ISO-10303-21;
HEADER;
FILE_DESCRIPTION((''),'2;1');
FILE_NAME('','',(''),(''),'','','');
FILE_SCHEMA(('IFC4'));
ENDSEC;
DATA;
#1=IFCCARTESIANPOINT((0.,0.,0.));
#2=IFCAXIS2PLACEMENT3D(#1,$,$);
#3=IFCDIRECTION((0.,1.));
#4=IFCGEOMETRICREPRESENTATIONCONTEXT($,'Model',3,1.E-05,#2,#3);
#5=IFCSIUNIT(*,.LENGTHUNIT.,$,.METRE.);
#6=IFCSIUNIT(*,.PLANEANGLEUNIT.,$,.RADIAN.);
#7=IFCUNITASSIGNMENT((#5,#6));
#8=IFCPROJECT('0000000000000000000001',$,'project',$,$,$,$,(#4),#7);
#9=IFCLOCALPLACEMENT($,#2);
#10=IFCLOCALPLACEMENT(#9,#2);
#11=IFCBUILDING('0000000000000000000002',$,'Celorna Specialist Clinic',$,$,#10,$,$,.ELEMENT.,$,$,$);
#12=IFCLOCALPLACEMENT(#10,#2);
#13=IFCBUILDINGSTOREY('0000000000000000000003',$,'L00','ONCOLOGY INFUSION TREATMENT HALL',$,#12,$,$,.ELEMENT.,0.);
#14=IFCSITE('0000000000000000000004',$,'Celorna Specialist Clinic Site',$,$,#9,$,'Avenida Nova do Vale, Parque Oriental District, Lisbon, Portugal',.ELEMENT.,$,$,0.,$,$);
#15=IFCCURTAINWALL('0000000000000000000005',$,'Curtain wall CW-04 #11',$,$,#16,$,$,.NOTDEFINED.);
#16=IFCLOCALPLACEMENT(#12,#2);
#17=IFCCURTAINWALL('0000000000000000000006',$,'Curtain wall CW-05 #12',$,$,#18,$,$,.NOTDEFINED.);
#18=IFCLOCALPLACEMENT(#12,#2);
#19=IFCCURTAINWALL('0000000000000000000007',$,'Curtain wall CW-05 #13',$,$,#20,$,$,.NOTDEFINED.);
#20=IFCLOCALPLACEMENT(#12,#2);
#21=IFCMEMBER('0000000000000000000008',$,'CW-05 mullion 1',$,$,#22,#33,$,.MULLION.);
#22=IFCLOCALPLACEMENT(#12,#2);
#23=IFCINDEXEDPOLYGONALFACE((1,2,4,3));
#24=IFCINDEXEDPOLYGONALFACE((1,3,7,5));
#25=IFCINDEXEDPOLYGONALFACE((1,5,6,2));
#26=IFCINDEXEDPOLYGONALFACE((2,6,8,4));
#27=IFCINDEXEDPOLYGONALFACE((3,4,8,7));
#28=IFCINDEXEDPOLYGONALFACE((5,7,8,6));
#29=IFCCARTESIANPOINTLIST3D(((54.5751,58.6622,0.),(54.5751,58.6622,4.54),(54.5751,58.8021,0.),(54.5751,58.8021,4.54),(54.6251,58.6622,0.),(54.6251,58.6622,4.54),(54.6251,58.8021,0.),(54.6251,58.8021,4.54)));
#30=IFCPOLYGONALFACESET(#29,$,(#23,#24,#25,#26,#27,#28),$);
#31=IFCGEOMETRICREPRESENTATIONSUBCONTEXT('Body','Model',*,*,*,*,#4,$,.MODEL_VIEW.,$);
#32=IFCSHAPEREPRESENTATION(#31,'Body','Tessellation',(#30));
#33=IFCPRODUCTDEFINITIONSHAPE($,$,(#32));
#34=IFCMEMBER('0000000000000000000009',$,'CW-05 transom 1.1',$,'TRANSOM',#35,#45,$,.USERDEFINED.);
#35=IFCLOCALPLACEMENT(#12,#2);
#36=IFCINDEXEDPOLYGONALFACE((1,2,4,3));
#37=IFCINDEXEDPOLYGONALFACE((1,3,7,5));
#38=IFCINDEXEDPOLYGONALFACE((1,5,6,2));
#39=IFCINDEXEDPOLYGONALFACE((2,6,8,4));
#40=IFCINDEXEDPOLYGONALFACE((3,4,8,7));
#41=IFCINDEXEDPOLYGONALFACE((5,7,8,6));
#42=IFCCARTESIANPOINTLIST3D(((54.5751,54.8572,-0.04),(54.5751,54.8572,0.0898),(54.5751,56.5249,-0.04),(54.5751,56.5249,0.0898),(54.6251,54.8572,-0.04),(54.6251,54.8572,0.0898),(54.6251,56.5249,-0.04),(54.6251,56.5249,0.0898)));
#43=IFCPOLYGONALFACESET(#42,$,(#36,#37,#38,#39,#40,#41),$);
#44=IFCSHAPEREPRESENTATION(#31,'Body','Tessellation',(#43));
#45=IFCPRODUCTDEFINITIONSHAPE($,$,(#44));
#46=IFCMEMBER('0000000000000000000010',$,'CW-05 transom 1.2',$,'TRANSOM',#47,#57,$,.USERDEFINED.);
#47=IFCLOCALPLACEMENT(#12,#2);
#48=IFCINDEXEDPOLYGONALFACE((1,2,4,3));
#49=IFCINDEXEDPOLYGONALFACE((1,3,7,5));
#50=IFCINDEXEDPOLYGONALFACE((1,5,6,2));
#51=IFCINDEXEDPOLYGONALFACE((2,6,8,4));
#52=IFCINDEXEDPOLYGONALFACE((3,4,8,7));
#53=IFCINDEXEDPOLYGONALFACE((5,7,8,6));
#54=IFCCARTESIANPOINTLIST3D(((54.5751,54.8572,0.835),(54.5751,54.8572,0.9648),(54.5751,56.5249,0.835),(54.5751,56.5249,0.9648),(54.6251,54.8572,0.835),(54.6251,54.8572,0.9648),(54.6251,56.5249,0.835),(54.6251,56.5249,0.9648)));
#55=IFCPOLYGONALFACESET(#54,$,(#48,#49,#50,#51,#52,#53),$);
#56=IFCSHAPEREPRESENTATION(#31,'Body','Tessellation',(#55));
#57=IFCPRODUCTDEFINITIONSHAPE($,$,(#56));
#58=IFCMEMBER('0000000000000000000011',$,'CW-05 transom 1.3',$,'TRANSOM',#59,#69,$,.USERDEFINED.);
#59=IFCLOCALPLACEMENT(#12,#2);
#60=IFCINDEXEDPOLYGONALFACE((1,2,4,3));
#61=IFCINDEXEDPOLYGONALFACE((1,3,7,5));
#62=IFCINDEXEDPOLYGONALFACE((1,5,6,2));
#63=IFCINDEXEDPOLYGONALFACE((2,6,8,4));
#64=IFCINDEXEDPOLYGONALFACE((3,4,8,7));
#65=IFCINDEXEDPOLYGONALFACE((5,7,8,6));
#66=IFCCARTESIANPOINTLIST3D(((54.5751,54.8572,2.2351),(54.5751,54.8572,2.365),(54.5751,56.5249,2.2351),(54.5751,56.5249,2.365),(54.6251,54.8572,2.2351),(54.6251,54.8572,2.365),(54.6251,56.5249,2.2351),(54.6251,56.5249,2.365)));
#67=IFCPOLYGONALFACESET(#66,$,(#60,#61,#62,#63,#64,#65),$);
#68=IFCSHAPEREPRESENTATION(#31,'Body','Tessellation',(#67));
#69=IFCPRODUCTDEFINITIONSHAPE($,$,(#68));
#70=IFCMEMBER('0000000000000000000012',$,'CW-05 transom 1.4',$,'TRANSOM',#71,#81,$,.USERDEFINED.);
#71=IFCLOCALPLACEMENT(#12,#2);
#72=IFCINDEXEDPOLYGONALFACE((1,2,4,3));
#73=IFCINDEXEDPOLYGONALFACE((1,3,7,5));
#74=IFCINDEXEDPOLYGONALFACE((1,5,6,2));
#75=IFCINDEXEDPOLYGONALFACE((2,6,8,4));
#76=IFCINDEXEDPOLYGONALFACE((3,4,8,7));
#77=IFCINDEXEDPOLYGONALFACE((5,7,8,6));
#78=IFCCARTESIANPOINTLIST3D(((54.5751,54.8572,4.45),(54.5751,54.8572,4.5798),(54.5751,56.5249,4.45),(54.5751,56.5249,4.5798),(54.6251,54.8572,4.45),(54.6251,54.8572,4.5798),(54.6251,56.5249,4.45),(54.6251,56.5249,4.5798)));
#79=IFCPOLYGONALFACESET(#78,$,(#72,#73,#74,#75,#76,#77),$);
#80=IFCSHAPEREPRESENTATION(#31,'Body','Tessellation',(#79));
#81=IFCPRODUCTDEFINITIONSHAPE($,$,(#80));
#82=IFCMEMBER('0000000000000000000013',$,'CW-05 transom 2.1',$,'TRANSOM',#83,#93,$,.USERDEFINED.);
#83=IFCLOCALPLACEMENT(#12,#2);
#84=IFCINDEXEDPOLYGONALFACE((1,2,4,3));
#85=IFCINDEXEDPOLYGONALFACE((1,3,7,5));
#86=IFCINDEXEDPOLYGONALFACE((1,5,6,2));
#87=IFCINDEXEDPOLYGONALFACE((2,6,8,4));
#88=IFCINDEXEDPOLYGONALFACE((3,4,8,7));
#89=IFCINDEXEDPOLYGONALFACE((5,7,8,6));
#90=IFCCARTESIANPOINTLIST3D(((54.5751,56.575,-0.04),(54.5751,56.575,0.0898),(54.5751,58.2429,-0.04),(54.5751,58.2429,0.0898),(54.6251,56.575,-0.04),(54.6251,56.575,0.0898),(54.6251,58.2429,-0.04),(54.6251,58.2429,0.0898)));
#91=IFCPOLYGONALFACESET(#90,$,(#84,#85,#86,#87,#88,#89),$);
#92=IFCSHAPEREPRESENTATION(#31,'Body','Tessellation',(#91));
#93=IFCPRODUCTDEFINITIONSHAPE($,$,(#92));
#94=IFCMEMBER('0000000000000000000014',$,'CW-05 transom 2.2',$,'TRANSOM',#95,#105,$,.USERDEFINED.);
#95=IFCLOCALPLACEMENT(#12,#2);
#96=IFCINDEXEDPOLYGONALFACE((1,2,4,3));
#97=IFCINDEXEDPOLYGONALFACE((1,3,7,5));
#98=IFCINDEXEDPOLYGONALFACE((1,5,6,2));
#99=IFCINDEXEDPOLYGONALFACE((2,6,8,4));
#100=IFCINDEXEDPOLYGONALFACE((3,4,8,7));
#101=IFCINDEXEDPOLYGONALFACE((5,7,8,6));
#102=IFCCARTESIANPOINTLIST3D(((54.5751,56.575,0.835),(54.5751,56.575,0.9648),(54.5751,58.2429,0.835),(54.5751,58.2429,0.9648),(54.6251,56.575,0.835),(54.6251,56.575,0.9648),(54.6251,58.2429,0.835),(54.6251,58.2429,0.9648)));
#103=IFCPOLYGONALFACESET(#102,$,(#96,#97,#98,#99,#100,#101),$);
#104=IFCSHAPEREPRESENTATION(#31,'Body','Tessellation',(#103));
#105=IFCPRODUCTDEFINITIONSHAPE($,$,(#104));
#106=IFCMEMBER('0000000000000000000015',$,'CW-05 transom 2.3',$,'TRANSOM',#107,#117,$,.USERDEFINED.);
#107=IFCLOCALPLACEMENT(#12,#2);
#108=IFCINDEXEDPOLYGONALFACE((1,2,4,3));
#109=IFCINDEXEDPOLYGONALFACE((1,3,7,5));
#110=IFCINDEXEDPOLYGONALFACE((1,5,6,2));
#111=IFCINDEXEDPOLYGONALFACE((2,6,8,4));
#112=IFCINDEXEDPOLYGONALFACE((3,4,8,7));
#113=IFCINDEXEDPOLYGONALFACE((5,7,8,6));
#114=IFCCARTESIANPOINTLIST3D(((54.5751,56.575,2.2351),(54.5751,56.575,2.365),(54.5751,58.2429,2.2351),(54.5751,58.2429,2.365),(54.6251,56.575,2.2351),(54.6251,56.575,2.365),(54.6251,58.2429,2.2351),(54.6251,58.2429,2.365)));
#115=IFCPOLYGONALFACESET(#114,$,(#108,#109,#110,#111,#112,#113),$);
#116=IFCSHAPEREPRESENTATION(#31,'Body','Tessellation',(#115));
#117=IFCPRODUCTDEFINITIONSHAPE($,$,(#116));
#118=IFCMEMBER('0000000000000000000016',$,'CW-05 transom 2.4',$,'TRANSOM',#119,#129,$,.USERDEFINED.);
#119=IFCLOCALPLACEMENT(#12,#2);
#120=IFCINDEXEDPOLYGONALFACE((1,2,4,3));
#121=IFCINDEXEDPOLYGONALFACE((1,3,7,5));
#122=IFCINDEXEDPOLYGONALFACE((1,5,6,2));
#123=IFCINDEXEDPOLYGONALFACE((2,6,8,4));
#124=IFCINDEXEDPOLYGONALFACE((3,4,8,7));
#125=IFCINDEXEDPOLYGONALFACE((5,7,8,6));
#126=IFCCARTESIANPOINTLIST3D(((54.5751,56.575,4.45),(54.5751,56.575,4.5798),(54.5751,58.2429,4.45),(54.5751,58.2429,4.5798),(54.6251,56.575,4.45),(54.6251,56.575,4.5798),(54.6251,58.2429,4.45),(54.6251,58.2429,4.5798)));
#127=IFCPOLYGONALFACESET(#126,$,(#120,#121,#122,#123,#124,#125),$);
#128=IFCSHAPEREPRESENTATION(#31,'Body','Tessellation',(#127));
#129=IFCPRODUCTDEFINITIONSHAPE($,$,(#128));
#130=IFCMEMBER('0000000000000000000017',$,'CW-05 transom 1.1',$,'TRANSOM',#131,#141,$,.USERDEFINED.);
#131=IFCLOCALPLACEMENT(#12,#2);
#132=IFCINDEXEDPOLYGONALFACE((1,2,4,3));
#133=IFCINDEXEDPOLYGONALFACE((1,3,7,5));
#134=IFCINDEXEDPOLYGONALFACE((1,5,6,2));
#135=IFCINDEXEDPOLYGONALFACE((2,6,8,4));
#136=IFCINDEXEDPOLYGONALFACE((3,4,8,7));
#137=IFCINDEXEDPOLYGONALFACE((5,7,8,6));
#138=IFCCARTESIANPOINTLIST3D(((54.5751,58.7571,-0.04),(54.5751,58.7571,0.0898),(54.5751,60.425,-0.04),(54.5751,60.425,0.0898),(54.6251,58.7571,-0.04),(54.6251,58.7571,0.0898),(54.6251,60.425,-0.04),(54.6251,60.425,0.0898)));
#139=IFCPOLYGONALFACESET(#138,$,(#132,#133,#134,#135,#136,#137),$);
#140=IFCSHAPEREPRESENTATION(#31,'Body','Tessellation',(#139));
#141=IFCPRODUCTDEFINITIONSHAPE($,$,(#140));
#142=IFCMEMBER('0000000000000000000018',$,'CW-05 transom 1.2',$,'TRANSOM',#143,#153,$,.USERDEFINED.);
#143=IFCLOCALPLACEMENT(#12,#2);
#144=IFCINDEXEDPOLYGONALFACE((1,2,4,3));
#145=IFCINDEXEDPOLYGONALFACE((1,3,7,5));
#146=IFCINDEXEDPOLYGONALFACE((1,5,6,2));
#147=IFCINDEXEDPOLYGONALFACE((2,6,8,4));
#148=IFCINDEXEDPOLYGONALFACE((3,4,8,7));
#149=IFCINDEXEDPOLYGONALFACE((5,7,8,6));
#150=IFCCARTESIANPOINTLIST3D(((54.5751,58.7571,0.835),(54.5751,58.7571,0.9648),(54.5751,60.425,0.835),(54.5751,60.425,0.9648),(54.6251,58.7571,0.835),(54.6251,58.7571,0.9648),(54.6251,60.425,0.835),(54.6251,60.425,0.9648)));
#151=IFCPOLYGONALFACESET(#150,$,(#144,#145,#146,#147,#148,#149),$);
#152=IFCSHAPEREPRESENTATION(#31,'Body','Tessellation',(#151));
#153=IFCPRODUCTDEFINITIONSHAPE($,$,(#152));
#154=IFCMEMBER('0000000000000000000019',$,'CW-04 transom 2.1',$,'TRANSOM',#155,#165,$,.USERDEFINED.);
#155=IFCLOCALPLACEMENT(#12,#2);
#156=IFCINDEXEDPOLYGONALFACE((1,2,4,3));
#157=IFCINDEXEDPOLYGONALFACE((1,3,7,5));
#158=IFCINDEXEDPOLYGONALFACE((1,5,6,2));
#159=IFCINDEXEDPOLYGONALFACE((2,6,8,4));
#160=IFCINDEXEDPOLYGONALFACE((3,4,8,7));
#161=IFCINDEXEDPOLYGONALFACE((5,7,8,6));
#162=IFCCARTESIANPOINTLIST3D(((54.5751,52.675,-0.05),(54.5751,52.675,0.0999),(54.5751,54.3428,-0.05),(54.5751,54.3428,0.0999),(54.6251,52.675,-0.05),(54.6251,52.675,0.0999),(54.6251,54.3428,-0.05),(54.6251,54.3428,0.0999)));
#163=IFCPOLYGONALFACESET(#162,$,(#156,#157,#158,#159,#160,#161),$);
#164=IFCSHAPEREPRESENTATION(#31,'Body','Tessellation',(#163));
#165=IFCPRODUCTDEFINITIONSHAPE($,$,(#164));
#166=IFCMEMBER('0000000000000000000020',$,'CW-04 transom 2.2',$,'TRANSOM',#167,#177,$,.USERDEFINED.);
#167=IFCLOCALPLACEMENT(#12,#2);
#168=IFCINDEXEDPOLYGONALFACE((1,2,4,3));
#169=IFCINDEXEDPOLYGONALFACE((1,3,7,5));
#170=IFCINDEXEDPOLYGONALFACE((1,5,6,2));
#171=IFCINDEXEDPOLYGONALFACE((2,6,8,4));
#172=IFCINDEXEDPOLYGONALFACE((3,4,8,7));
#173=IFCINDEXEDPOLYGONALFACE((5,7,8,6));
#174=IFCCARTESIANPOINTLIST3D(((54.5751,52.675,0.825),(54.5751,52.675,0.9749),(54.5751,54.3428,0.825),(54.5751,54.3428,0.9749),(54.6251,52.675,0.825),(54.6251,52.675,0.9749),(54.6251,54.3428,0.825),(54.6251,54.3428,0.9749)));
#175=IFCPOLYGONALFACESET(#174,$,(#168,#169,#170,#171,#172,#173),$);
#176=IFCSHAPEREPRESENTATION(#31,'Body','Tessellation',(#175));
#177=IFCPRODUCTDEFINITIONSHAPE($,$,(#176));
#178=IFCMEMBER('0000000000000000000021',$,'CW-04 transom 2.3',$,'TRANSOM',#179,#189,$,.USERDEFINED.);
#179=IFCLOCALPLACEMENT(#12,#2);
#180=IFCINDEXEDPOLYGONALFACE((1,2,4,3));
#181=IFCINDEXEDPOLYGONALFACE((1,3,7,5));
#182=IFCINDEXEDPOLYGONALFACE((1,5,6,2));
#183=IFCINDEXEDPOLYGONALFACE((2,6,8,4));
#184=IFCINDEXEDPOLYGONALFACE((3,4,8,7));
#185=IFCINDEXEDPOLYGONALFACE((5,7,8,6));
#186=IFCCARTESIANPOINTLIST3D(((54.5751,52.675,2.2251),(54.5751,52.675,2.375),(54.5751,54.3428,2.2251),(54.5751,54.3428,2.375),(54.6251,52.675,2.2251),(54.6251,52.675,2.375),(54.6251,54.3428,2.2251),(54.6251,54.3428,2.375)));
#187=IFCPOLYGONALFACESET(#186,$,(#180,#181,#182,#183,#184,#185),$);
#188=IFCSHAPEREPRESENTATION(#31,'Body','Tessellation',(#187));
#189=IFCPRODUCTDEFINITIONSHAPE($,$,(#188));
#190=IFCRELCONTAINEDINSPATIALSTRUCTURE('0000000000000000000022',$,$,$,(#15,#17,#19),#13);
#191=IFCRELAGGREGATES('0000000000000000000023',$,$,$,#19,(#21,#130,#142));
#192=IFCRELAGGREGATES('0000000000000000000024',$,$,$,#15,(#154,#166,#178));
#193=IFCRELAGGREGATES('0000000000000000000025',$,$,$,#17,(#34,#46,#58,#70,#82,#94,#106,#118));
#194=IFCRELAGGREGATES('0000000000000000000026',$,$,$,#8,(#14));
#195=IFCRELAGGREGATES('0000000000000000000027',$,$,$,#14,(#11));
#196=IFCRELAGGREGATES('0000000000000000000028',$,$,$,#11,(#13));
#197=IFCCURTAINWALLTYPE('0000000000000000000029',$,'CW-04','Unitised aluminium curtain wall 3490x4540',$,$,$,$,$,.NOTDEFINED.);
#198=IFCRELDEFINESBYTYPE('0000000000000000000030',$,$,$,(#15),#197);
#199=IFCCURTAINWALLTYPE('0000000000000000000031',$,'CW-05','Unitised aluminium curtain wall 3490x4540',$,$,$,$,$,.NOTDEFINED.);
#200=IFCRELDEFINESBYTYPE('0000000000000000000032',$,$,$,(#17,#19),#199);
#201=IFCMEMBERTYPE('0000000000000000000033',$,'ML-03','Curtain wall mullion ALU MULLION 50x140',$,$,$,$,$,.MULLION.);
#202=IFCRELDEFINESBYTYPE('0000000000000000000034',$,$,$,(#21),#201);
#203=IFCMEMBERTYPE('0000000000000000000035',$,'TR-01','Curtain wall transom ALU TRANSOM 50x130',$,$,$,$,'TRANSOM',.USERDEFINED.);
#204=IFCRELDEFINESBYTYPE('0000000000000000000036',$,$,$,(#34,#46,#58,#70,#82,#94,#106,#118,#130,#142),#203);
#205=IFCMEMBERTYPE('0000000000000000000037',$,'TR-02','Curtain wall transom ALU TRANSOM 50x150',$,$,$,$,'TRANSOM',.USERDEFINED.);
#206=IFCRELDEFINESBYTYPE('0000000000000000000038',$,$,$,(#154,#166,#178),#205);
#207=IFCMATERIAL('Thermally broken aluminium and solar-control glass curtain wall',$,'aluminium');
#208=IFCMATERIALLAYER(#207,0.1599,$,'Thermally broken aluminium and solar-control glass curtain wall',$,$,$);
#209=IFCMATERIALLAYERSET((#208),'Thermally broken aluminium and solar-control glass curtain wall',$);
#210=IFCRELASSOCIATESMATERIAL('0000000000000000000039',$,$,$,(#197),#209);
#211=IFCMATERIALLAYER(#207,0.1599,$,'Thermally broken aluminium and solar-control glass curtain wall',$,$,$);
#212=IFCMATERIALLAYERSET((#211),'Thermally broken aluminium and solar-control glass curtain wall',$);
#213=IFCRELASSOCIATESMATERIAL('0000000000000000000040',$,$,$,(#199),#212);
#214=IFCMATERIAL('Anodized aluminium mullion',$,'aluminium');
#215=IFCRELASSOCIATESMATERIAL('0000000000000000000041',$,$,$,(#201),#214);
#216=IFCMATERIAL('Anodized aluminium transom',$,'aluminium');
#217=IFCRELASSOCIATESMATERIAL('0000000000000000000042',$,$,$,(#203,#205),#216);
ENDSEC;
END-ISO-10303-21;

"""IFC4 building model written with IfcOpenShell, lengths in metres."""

from ifc_helpers import new_model, si_unit, direction, frame, origin, origin_2d, place, context, subcontext, project, spatial, rectangle, extrude, material, layer, layer_set, material_profile, profile_set, type_object, element, aggregate, save


model = new_model("IFC4")

# Units and contexts
model_context = context("Model", 3, precision=1e-05, world=origin(), true_north=direction((0.0, 1.0)))
body_context = subcontext(model_context, "Body", "Model", "MODEL_VIEW")
ifc_project = project(units=[si_unit("LENGTHUNIT", "METRE"), si_unit("PLANEANGLEUNIT", "RADIAN")], contexts=[model_context])

# Site, building, storey
site_placement = place(None, origin())
site = spatial("IfcSite", under=ifc_project, at=site_placement, Name="Celorna Specialist Clinic Site", LongName="Avenida Nova do Vale, Parque Oriental District, Lisbon, Portugal", CompositionType="ELEMENT", RefElevation=0.0)
building_placement = place(site_placement, origin())
building = spatial("IfcBuilding", under=site, at=building_placement, Name="Celorna Specialist Clinic", CompositionType="ELEMENT")
storey_placement = place(building_placement, origin())
storey = spatial("IfcBuildingStorey", under=building, at=storey_placement, Name="L00", Description="ONCOLOGY INFUSION TREATMENT HALL", CompositionType="ELEMENT", Elevation=0.0)

# Curtain walls
ifc_material_1 = material(Name="Thermally broken aluminium and solar-control glass curtain wall", Category="aluminium")
ifc_layer_1 = layer(ifc_material_1, 0.1599, Name="Thermally broken aluminium and solar-control glass curtain wall")
ifc_layer_set_1 = layer_set([ifc_layer_1], Name="Thermally broken aluminium and solar-control glass curtain wall")
curtain_wall_type_1 = type_object("IfcCurtainWallType", Name="CW-04", Description="Unitised aluminium curtain wall 3490x4540", PredefinedType="NOTDEFINED", material=ifc_layer_set_1)
curtain_wall_1_placement = place(storey_placement, origin())
curtain_wall_1 = element("IfcCurtainWall", 1, at=curtain_wall_1_placement, inside=storey, type_object=curtain_wall_type_1, Name="Curtain wall CW-04 #11", PredefinedType="NOTDEFINED")
ifc_material_2 = material(Name="Anodized aluminium mullion", Category="aluminium")
ifc_layer_2 = layer(ifc_material_1, 0.1599, Name="Thermally broken aluminium and solar-control glass curtain wall")
ifc_layer_set_2 = layer_set([ifc_layer_2], Name="Thermally broken aluminium and solar-control glass curtain wall")
curtain_wall_type_2 = type_object("IfcCurtainWallType", Name="CW-05", Description="Unitised aluminium curtain wall 3490x4540", PredefinedType="NOTDEFINED", material=ifc_layer_set_2)
curtain_wall_2_placement = place(storey_placement, origin())
curtain_wall_2 = element("IfcCurtainWall", 2, at=curtain_wall_2_placement, inside=storey, type_object=curtain_wall_type_2, Name="Curtain wall CW-05 #12", PredefinedType="NOTDEFINED")
ifc_material_profile_1 = material_profile(ifc_material_2, rectangle(XDim=0.05, YDim=0.1399, at=origin_2d()), Name="ALU MULLION 50x140")
ifc_profile_set_1 = profile_set([ifc_material_profile_1], Name="Anodized aluminium mullion")
member_type_1 = type_object("IfcMemberType", Name="ML-03", Description="Curtain wall mullion ALU MULLION 50x140", PredefinedType="MULLION", material=ifc_profile_set_1)

# Curtain wall, member
curtain_wall_3_placement = place(storey_placement, origin())
curtain_wall_3 = element("IfcCurtainWall", 3, at=curtain_wall_3_placement, inside=storey, type_object=curtain_wall_type_2, Name="Curtain wall CW-05 #13", PredefinedType="NOTDEFINED")
member_1_placement = place(storey_placement, frame((54.6001, 58.7322, 0.0), z_axis=(0.0, 0.0, 1.0), x_axis=(-1.0, 0.0, 0.0)))
member_1 = element("IfcMember", 4, at=member_1_placement, type_object=member_type_1, Name="CW-05 mullion 1", PredefinedType="MULLION", context=body_context, shape_type="SweptSolid", body=[
    extrude(rectangle(XDim=0.05, YDim=0.1399, at=origin_2d()), origin(), (0.0, 0.0, 1.0), 4.54),
])

# Members
ifc_material_3 = material(Name="Anodized aluminium transom", Category="aluminium")
ifc_material_profile_2 = material_profile(ifc_material_3, rectangle(XDim=0.05, YDim=0.1299, at=origin_2d()), Name="ALU TRANSOM 50x130")
ifc_profile_set_2 = profile_set([ifc_material_profile_2], Name="Anodized aluminium transom")
member_type_2 = type_object("IfcMemberType", Name="TR-01", Description="Curtain wall transom ALU TRANSOM 50x130", ElementType="TRANSOM", PredefinedType="USERDEFINED", material=ifc_profile_set_2)
member_2_placement = place(storey_placement, frame((54.6001, 54.8572, 0.0249), z_axis=(0.0, 1.0, 0.0), x_axis=(-1.0, 0.0, 0.0)))
member_2 = element("IfcMember", 5, at=member_2_placement, type_object=member_type_2, Name="CW-05 transom 1.1", ObjectType="TRANSOM", PredefinedType="USERDEFINED", context=body_context, shape_type="SweptSolid", body=[
    extrude(rectangle(XDim=0.05, YDim=0.1299, at=origin_2d()), origin(), (0.0, 0.0, 1.0), 1.6677),
])
member_3_placement = place(storey_placement, frame((54.6001, 54.8572, 0.8999), z_axis=(0.0, 1.0, 0.0), x_axis=(-1.0, 0.0, 0.0)))
member_3 = element("IfcMember", 6, at=member_3_placement, type_object=member_type_2, Name="CW-05 transom 1.2", ObjectType="TRANSOM", PredefinedType="USERDEFINED", context=body_context, shape_type="SweptSolid", body=[
    extrude(rectangle(XDim=0.05, YDim=0.1299, at=origin_2d()), origin(), (0.0, 0.0, 1.0), 1.6677),
])
member_4_placement = place(storey_placement, frame((54.6001, 54.8572, 2.3), z_axis=(0.0, 1.0, 0.0), x_axis=(-1.0, 0.0, 0.0)))
member_4 = element("IfcMember", 7, at=member_4_placement, type_object=member_type_2, Name="CW-05 transom 1.3", ObjectType="TRANSOM", PredefinedType="USERDEFINED", context=body_context, shape_type="SweptSolid", body=[
    extrude(rectangle(XDim=0.05, YDim=0.1299, at=origin_2d()), origin(), (0.0, 0.0, 1.0), 1.6677),
])
member_5_placement = place(storey_placement, frame((54.6001, 54.8572, 4.5149), z_axis=(0.0, 1.0, 0.0), x_axis=(-1.0, 0.0, 0.0)))
member_5 = element("IfcMember", 8, at=member_5_placement, type_object=member_type_2, Name="CW-05 transom 1.4", ObjectType="TRANSOM", PredefinedType="USERDEFINED", context=body_context, shape_type="SweptSolid", body=[
    extrude(rectangle(XDim=0.05, YDim=0.1299, at=origin_2d()), origin(), (0.0, 0.0, 1.0), 1.6677),
])
member_6_placement = place(storey_placement, frame((54.6001, 56.575, 0.0249), z_axis=(0.0, 1.0, 0.0), x_axis=(-1.0, 0.0, 0.0)))
member_6 = element("IfcMember", 9, at=member_6_placement, type_object=member_type_2, Name="CW-05 transom 2.1", ObjectType="TRANSOM", PredefinedType="USERDEFINED", context=body_context, shape_type="SweptSolid", body=[
    extrude(rectangle(XDim=0.05, YDim=0.1299, at=origin_2d()), origin(), (0.0, 0.0, 1.0), 1.668),
])
member_7_placement = place(storey_placement, frame((54.6001, 56.575, 0.8999), z_axis=(0.0, 1.0, 0.0), x_axis=(-1.0, 0.0, 0.0)))
member_7 = element("IfcMember", 10, at=member_7_placement, type_object=member_type_2, Name="CW-05 transom 2.2", ObjectType="TRANSOM", PredefinedType="USERDEFINED", context=body_context, shape_type="SweptSolid", body=[
    extrude(rectangle(XDim=0.05, YDim=0.1299, at=origin_2d()), origin(), (0.0, 0.0, 1.0), 1.668),
])
member_8_placement = place(storey_placement, frame((54.6001, 56.575, 2.3), z_axis=(0.0, 1.0, 0.0), x_axis=(-1.0, 0.0, 0.0)))
member_8 = element("IfcMember", 11, at=member_8_placement, type_object=member_type_2, Name="CW-05 transom 2.3", ObjectType="TRANSOM", PredefinedType="USERDEFINED", context=body_context, shape_type="SweptSolid", body=[
    extrude(rectangle(XDim=0.05, YDim=0.1299, at=origin_2d()), origin(), (0.0, 0.0, 1.0), 1.668),
])
member_9_placement = place(storey_placement, frame((54.6001, 56.575, 4.5149), z_axis=(0.0, 1.0, 0.0), x_axis=(-1.0, 0.0, 0.0)))
member_9 = element("IfcMember", 12, at=member_9_placement, type_object=member_type_2, Name="CW-05 transom 2.4", ObjectType="TRANSOM", PredefinedType="USERDEFINED", context=body_context, shape_type="SweptSolid", body=[
    extrude(rectangle(XDim=0.05, YDim=0.1299, at=origin_2d()), origin(), (0.0, 0.0, 1.0), 1.668),
])
member_10_placement = place(storey_placement, frame((54.6001, 58.7571, 0.0249), z_axis=(0.0, 1.0, 0.0), x_axis=(-1.0, 0.0, 0.0)))
member_10 = element("IfcMember", 13, at=member_10_placement, type_object=member_type_2, Name="CW-05 transom 1.1", ObjectType="TRANSOM", PredefinedType="USERDEFINED", context=body_context, shape_type="SweptSolid", body=[
    extrude(rectangle(XDim=0.05, YDim=0.1299, at=origin_2d()), origin(), (0.0, 0.0, 1.0), 1.668),
])
member_11_placement = place(storey_placement, frame((54.6001, 58.7571, 0.8999), z_axis=(0.0, 1.0, 0.0), x_axis=(-1.0, 0.0, 0.0)))
member_11 = element("IfcMember", 14, at=member_11_placement, type_object=member_type_2, Name="CW-05 transom 1.2", ObjectType="TRANSOM", PredefinedType="USERDEFINED", context=body_context, shape_type="SweptSolid", body=[
    extrude(rectangle(XDim=0.05, YDim=0.1299, at=origin_2d()), origin(), (0.0, 0.0, 1.0), 1.668),
])
aggregate(curtain_wall_3, [member_1, member_10, member_11])
ifc_material_profile_3 = material_profile(ifc_material_3, rectangle(XDim=0.05, YDim=0.1499, at=origin_2d()), Name="ALU TRANSOM 50x150")
ifc_profile_set_3 = profile_set([ifc_material_profile_3], Name="Anodized aluminium transom")
member_type_3 = type_object("IfcMemberType", Name="TR-02", Description="Curtain wall transom ALU TRANSOM 50x150", ElementType="TRANSOM", PredefinedType="USERDEFINED", material=ifc_profile_set_3)
member_12_placement = place(storey_placement, frame((54.6001, 52.675, 0.0249), z_axis=(0.0, 1.0, 0.0), x_axis=(-1.0, 0.0, 0.0)))
member_12 = element("IfcMember", 15, at=member_12_placement, type_object=member_type_3, Name="CW-04 transom 2.1", ObjectType="TRANSOM", PredefinedType="USERDEFINED", context=body_context, shape_type="SweptSolid", body=[
    extrude(rectangle(XDim=0.05, YDim=0.1499, at=origin_2d()), origin(), (0.0, 0.0, 1.0), 1.6677),
])
member_13_placement = place(storey_placement, frame((54.6001, 52.675, 0.8999), z_axis=(0.0, 1.0, 0.0), x_axis=(-1.0, 0.0, 0.0)))
member_13 = element("IfcMember", 16, at=member_13_placement, type_object=member_type_3, Name="CW-04 transom 2.2", ObjectType="TRANSOM", PredefinedType="USERDEFINED", context=body_context, shape_type="SweptSolid", body=[
    extrude(rectangle(XDim=0.05, YDim=0.1499, at=origin_2d()), origin(), (0.0, 0.0, 1.0), 1.6677),
])
member_14_placement = place(storey_placement, frame((54.6001, 52.675, 2.3), z_axis=(0.0, 1.0, 0.0), x_axis=(-1.0, 0.0, 0.0)))
member_14 = element("IfcMember", 17, at=member_14_placement, type_object=member_type_3, Name="CW-04 transom 2.3", ObjectType="TRANSOM", PredefinedType="USERDEFINED", context=body_context, shape_type="SweptSolid", body=[
    extrude(rectangle(XDim=0.05, YDim=0.1499, at=origin_2d()), origin(), (0.0, 0.0, 1.0), 1.6677),
])

aggregate(curtain_wall_1, [member_12, member_13, member_14])
aggregate(curtain_wall_2, [member_2, member_3, member_4, member_5, member_6, member_7, member_8, member_9])

save(model, "model.ifc")
